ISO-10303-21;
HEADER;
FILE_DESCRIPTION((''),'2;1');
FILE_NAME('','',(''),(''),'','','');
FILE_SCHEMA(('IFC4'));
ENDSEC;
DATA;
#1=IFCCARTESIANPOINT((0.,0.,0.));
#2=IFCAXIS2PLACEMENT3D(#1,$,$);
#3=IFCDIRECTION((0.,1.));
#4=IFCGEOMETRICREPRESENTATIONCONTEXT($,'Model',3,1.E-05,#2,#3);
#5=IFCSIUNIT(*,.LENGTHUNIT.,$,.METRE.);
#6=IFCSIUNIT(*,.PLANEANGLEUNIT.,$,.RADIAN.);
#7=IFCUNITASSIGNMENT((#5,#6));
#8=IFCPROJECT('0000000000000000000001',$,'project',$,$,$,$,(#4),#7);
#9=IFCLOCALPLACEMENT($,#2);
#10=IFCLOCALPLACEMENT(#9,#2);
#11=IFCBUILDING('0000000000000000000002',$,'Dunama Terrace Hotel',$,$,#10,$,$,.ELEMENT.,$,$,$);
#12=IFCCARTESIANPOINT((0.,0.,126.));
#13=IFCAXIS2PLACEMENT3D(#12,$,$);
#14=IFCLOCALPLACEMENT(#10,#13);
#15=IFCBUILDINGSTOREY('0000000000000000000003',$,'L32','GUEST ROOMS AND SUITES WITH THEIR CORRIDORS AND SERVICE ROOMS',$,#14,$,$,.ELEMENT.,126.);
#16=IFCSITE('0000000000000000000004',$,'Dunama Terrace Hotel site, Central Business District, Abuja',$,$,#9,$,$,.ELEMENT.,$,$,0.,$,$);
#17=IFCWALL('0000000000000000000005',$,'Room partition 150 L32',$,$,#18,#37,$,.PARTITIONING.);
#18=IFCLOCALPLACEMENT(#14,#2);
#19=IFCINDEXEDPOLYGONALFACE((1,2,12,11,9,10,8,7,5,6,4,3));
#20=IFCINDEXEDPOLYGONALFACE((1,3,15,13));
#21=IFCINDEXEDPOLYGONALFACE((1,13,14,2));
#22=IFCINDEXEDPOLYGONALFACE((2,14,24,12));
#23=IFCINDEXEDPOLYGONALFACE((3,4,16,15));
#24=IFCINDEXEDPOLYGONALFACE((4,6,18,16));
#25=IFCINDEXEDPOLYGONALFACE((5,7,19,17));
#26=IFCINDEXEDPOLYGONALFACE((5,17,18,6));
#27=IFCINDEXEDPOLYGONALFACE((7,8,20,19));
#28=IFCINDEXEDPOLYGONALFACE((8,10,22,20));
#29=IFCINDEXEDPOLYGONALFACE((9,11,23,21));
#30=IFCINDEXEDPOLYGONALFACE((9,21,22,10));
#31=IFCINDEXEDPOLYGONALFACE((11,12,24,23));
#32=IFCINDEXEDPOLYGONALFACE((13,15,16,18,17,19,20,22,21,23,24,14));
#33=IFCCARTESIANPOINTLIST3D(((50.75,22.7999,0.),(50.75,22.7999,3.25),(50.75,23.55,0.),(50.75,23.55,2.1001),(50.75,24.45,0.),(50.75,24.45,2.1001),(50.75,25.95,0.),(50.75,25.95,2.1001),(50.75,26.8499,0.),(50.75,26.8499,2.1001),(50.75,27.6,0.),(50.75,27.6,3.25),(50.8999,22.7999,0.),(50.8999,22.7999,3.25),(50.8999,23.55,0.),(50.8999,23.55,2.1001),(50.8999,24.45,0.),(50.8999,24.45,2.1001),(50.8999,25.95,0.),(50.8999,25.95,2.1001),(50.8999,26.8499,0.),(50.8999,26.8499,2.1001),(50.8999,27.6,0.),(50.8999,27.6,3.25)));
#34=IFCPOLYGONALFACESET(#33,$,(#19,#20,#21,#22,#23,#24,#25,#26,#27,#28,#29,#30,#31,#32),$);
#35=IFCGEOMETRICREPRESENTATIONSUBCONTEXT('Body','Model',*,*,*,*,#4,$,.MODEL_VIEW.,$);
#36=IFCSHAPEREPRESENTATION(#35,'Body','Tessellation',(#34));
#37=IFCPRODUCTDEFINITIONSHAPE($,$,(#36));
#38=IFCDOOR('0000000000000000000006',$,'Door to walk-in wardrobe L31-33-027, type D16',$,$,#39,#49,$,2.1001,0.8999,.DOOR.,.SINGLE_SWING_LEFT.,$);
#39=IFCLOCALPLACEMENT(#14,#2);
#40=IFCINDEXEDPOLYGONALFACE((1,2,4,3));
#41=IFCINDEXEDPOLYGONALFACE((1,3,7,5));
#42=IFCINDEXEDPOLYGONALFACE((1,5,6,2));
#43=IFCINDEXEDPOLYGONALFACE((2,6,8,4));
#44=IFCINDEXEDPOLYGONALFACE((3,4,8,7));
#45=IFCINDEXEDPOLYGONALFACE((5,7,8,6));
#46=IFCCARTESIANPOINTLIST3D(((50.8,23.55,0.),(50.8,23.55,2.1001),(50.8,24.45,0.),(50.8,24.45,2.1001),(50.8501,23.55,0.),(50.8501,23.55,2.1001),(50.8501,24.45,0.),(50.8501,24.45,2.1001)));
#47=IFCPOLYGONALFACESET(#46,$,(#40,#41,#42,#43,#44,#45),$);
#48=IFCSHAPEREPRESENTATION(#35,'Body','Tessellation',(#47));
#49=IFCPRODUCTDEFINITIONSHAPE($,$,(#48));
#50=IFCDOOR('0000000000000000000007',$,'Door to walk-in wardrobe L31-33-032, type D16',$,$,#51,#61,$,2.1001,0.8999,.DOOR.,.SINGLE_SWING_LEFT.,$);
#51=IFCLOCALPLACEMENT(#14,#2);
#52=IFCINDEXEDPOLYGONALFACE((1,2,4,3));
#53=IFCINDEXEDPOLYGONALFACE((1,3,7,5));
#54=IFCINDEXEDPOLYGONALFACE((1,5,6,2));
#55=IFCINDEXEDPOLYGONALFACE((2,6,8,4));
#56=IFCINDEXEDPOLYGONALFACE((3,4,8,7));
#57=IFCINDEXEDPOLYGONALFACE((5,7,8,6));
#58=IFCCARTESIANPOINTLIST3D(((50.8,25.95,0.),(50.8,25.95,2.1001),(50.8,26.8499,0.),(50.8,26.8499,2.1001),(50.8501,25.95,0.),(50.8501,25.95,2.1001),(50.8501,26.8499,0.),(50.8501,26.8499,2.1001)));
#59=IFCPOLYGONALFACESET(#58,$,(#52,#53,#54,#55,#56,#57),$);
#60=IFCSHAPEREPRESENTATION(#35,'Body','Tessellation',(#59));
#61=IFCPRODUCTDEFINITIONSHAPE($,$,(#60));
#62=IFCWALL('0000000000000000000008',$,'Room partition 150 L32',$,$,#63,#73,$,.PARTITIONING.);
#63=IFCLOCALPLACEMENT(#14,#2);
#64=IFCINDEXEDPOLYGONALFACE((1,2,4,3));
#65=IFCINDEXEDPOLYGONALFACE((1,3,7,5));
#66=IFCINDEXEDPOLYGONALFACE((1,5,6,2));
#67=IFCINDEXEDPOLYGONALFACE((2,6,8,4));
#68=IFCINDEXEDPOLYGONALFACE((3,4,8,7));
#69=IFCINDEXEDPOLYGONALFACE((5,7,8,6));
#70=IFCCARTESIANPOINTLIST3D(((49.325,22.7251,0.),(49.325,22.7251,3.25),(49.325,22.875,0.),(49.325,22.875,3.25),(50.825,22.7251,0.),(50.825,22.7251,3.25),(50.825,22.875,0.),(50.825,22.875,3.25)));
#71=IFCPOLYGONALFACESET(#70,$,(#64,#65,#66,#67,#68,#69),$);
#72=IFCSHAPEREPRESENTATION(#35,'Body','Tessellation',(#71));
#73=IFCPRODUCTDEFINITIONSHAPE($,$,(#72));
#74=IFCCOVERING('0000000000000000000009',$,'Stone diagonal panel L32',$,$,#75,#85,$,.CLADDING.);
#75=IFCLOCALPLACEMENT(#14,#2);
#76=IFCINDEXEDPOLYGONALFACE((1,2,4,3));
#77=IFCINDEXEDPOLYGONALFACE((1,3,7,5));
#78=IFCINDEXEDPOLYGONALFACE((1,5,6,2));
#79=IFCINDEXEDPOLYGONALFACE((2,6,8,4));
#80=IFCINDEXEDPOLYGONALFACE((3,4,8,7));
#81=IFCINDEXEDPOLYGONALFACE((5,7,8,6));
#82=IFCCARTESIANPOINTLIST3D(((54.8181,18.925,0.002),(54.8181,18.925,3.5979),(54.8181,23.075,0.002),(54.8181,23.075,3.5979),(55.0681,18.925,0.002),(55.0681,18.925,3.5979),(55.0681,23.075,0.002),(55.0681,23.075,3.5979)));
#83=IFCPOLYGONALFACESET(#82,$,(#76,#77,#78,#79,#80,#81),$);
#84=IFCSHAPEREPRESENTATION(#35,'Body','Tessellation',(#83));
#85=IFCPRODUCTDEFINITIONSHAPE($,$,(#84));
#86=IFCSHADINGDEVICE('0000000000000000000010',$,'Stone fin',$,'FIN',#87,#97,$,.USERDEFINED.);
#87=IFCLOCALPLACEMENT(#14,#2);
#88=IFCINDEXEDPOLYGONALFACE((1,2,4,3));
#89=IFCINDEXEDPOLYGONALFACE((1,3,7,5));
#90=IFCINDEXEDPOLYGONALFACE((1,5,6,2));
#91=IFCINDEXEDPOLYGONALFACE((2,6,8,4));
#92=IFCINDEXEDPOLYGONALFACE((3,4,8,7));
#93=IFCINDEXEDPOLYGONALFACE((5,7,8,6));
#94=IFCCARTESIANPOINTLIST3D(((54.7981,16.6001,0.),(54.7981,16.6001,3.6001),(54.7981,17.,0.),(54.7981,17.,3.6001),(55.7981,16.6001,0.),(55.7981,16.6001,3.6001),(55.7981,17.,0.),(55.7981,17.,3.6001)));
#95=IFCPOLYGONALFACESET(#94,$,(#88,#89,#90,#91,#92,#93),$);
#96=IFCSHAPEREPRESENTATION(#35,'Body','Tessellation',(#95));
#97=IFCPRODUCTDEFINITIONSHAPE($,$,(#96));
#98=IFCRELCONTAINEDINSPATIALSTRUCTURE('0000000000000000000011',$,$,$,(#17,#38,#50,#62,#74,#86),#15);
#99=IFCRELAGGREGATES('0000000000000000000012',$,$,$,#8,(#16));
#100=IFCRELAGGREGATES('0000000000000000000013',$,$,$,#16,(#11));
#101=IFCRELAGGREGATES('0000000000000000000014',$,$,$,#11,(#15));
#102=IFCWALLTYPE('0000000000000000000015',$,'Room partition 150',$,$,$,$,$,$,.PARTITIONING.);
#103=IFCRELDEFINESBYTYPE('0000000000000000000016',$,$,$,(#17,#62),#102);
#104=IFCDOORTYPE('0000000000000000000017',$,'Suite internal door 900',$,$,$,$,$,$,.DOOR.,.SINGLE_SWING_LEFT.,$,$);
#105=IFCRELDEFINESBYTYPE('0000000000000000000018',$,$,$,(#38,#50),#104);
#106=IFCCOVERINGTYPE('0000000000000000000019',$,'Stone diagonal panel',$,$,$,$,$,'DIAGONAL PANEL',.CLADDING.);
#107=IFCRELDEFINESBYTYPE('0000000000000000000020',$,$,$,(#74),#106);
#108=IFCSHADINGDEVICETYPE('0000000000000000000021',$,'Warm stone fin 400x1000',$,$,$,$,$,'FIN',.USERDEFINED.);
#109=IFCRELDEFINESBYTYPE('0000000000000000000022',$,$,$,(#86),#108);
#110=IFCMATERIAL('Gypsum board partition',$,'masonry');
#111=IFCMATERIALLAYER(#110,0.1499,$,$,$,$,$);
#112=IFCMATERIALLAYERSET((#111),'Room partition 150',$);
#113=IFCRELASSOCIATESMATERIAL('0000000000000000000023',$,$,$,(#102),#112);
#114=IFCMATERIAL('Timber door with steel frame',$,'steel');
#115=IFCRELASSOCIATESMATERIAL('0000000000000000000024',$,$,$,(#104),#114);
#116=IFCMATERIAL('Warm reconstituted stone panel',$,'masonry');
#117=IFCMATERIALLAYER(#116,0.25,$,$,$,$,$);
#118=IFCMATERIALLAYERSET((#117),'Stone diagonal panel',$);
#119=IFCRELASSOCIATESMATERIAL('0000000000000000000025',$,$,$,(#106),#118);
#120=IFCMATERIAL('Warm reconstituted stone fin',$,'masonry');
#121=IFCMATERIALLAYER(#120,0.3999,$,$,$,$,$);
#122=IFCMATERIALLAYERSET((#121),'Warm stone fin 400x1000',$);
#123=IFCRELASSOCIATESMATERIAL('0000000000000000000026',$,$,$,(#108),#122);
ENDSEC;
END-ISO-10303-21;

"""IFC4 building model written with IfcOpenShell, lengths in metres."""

from ifc_helpers import new_model, si_unit, direction, frame, frame_2d, origin, origin_2d, place, context, subcontext, project, spatial, rectangle, extrude, material, layer, layer_set, type_object, element, fill, save


model = new_model("IFC4")

# Units and contexts
model_context = context("Model", 3, precision=1e-05, world=origin(), true_north=direction((0.0, 1.0)))
body_context = subcontext(model_context, "Body", "Model", "MODEL_VIEW")
ifc_project = project(units=[si_unit("LENGTHUNIT", "METRE"), si_unit("PLANEANGLEUNIT", "RADIAN")], contexts=[model_context])

# Site, building, storey
site_placement = place(None, origin())
site = spatial("IfcSite", under=ifc_project, at=site_placement, Name="Dunama Terrace Hotel site, Central Business District, Abuja", CompositionType="ELEMENT", RefElevation=0.0)
building_placement = place(site_placement, origin())
building = spatial("IfcBuilding", under=site, at=building_placement, Name="Dunama Terrace Hotel", CompositionType="ELEMENT")
storey_placement = place(building_placement, frame((0.0, 0.0, 126.0)))
storey = spatial("IfcBuildingStorey", under=building, at=storey_placement, Name="L32", Description="GUEST ROOMS AND SUITES WITH THEIR CORRIDORS AND SERVICE ROOMS", CompositionType="ELEMENT", Elevation=126.0)

# Shared definitions
ifc_material_1 = material(Name="Gypsum board partition", Category="masonry")
ifc_layer_1 = layer(ifc_material_1, 0.1499)
ifc_layer_set_1 = layer_set([ifc_layer_1], Name="Room partition 150")
wall_type_1 = type_object("IfcWallType", Name="Room partition 150", PredefinedType="PARTITIONING", material=ifc_layer_set_1)

# Wall, openings, doors
wall_1_placement = place(storey_placement, frame((50.825, 22.8, 0.0), z_axis=(0.0, 0.0, 1.0), x_axis=(0.0, 1.0, 0.0)))
wall_1 = element("IfcWall", 1, at=wall_1_placement, inside=storey, type_object=wall_type_1, Name="Room partition 150 L32", PredefinedType="PARTITIONING", context=body_context, shape_type="SweptSolid", body=[
    extrude(rectangle(XDim=4.8, YDim=0.1499, at=frame_2d((2.3999, 0.0))), origin(), (0.0, 0.0, 1.0), 3.25),
])
opening_1_placement = place(wall_1_placement, frame((0.75, 0.0, 0.0)))
opening_1 = element("IfcOpeningElement", 2, at=opening_1_placement, cuts=wall_1, PredefinedType="OPENING", context=body_context, shape_type="SweptSolid", body=[
    extrude(rectangle(XDim=0.8999, YDim=2.1001, at=frame_2d((0.45, 1.05))), frame((0.0, 0.085, 0.0), z_axis=(0.0, -1.0, 0.0), x_axis=(1.0, 0.0, 0.0)), (0.0, 0.0, 1.0), 0.1699),
])
opening_2_placement = place(wall_1_placement, frame((3.1499, 0.0, 0.0)))
opening_2 = element("IfcOpeningElement", 3, at=opening_2_placement, cuts=wall_1, PredefinedType="OPENING", context=body_context, shape_type="SweptSolid", body=[
    extrude(rectangle(XDim=0.8999, YDim=2.1001, at=frame_2d((0.45, 1.05))), frame((0.0, 0.085, 0.0), z_axis=(0.0, -1.0, 0.0), x_axis=(1.0, 0.0, 0.0)), (0.0, 0.0, 1.0), 0.1699),
])
ifc_material_2 = material(Name="Timber door with steel frame", Category="steel")
door_type_1 = type_object("IfcDoorType", Name="Suite internal door 900", OperationType="SINGLE_SWING_LEFT", PredefinedType="DOOR", material=ifc_material_2)
door_1_placement = place(opening_1_placement, origin())
door_1 = element("IfcDoor", 4, at=door_1_placement, inside=storey, type_object=door_type_1, Name="Door to walk-in wardrobe L31-33-027, type D16", OperationType="SINGLE_SWING_LEFT", OverallHeight=2.1001, OverallWidth=0.8999, PredefinedType="DOOR", context=body_context, shape_type="SweptSolid", body=[
    extrude(rectangle(XDim=0.8999, YDim=2.1001, at=frame_2d((0.45, 1.05))), frame((0.0, 0.0249, 0.0), z_axis=(0.0, -1.0, 0.0), x_axis=(1.0, 0.0, 0.0)), (0.0, 0.0, 1.0), 0.05),
])
fill(opening_1, door_1)
door_2_placement = place(opening_2_placement, origin())
door_2 = element("IfcDoor", 5, at=door_2_placement, inside=storey, type_object=door_type_1, Name="Door to walk-in wardrobe L31-33-032, type D16", OperationType="SINGLE_SWING_LEFT", OverallHeight=2.1001, OverallWidth=0.8999, PredefinedType="DOOR", context=body_context, shape_type="SweptSolid", body=[
    extrude(rectangle(XDim=0.8999, YDim=2.1001, at=frame_2d((0.45, 1.05))), frame((0.0, 0.0249, 0.0), z_axis=(0.0, -1.0, 0.0), x_axis=(1.0, 0.0, 0.0)), (0.0, 0.0, 1.0), 0.05),
])
fill(opening_2, door_2)

# Wall
wall_2_placement = place(storey_placement, frame((49.325, 22.8, 0.0), z_axis=(0.0, 0.0, 1.0), x_axis=(1.0, 0.0, 0.0)))
element("IfcWall", 6, at=wall_2_placement, inside=storey, type_object=wall_type_1, Name="Room partition 150 L32", PredefinedType="PARTITIONING", context=body_context, shape_type="SweptSolid", body=[
    extrude(rectangle(XDim=1.5, YDim=0.1499, at=frame_2d((0.75, 0.0))), origin(), (0.0, 0.0, 1.0), 3.25),
])

# Covering
ifc_material_3 = material(Name="Warm reconstituted stone panel", Category="masonry")
ifc_layer_2 = layer(ifc_material_3, 0.25)
ifc_layer_set_2 = layer_set([ifc_layer_2], Name="Stone diagonal panel")
covering_type = type_object("IfcCoveringType", Name="Stone diagonal panel", ElementType="DIAGONAL PANEL", PredefinedType="CLADDING", material=ifc_layer_set_2)
covering_placement = place(storey_placement, frame((54.9431, 21.0, 0.002), z_axis=(0.0, 0.0, 1.0), x_axis=(0.0, 1.0, 0.0)))
element("IfcCovering", 7, at=covering_placement, inside=storey, type_object=covering_type, Name="Stone diagonal panel L32", PredefinedType="CLADDING", context=body_context, shape_type="SweptSolid", body=[
    extrude(rectangle(XDim=4.1499, YDim=0.25, at=origin_2d()), origin(), (0.0, 0.0, 1.0), 3.5959),
])

# Shading device
ifc_material_4 = material(Name="Warm reconstituted stone fin", Category="masonry")
ifc_layer_3 = layer(ifc_material_4, 0.3999)
ifc_layer_set_3 = layer_set([ifc_layer_3], Name="Warm stone fin 400x1000")
shading_device_type = type_object("IfcShadingDeviceType", Name="Warm stone fin 400x1000", ElementType="FIN", PredefinedType="USERDEFINED", material=ifc_layer_set_3)
shading_device_placement = place(storey_placement, frame((55.2981, 16.8, 0.0), z_axis=(0.0, 0.0, 1.0), x_axis=(0.0, 1.0, 0.0)))
element("IfcShadingDevice", 8, at=shading_device_placement, inside=storey, type_object=shading_device_type, Name="Stone fin", ObjectType="FIN", PredefinedType="USERDEFINED", context=body_context, shape_type="SweptSolid", body=[
    extrude(rectangle(XDim=0.3999, YDim=1.0, at=origin_2d()), origin(), (0.0, 0.0, 1.0), 3.6001),
])

save(model, "model.ifc")
